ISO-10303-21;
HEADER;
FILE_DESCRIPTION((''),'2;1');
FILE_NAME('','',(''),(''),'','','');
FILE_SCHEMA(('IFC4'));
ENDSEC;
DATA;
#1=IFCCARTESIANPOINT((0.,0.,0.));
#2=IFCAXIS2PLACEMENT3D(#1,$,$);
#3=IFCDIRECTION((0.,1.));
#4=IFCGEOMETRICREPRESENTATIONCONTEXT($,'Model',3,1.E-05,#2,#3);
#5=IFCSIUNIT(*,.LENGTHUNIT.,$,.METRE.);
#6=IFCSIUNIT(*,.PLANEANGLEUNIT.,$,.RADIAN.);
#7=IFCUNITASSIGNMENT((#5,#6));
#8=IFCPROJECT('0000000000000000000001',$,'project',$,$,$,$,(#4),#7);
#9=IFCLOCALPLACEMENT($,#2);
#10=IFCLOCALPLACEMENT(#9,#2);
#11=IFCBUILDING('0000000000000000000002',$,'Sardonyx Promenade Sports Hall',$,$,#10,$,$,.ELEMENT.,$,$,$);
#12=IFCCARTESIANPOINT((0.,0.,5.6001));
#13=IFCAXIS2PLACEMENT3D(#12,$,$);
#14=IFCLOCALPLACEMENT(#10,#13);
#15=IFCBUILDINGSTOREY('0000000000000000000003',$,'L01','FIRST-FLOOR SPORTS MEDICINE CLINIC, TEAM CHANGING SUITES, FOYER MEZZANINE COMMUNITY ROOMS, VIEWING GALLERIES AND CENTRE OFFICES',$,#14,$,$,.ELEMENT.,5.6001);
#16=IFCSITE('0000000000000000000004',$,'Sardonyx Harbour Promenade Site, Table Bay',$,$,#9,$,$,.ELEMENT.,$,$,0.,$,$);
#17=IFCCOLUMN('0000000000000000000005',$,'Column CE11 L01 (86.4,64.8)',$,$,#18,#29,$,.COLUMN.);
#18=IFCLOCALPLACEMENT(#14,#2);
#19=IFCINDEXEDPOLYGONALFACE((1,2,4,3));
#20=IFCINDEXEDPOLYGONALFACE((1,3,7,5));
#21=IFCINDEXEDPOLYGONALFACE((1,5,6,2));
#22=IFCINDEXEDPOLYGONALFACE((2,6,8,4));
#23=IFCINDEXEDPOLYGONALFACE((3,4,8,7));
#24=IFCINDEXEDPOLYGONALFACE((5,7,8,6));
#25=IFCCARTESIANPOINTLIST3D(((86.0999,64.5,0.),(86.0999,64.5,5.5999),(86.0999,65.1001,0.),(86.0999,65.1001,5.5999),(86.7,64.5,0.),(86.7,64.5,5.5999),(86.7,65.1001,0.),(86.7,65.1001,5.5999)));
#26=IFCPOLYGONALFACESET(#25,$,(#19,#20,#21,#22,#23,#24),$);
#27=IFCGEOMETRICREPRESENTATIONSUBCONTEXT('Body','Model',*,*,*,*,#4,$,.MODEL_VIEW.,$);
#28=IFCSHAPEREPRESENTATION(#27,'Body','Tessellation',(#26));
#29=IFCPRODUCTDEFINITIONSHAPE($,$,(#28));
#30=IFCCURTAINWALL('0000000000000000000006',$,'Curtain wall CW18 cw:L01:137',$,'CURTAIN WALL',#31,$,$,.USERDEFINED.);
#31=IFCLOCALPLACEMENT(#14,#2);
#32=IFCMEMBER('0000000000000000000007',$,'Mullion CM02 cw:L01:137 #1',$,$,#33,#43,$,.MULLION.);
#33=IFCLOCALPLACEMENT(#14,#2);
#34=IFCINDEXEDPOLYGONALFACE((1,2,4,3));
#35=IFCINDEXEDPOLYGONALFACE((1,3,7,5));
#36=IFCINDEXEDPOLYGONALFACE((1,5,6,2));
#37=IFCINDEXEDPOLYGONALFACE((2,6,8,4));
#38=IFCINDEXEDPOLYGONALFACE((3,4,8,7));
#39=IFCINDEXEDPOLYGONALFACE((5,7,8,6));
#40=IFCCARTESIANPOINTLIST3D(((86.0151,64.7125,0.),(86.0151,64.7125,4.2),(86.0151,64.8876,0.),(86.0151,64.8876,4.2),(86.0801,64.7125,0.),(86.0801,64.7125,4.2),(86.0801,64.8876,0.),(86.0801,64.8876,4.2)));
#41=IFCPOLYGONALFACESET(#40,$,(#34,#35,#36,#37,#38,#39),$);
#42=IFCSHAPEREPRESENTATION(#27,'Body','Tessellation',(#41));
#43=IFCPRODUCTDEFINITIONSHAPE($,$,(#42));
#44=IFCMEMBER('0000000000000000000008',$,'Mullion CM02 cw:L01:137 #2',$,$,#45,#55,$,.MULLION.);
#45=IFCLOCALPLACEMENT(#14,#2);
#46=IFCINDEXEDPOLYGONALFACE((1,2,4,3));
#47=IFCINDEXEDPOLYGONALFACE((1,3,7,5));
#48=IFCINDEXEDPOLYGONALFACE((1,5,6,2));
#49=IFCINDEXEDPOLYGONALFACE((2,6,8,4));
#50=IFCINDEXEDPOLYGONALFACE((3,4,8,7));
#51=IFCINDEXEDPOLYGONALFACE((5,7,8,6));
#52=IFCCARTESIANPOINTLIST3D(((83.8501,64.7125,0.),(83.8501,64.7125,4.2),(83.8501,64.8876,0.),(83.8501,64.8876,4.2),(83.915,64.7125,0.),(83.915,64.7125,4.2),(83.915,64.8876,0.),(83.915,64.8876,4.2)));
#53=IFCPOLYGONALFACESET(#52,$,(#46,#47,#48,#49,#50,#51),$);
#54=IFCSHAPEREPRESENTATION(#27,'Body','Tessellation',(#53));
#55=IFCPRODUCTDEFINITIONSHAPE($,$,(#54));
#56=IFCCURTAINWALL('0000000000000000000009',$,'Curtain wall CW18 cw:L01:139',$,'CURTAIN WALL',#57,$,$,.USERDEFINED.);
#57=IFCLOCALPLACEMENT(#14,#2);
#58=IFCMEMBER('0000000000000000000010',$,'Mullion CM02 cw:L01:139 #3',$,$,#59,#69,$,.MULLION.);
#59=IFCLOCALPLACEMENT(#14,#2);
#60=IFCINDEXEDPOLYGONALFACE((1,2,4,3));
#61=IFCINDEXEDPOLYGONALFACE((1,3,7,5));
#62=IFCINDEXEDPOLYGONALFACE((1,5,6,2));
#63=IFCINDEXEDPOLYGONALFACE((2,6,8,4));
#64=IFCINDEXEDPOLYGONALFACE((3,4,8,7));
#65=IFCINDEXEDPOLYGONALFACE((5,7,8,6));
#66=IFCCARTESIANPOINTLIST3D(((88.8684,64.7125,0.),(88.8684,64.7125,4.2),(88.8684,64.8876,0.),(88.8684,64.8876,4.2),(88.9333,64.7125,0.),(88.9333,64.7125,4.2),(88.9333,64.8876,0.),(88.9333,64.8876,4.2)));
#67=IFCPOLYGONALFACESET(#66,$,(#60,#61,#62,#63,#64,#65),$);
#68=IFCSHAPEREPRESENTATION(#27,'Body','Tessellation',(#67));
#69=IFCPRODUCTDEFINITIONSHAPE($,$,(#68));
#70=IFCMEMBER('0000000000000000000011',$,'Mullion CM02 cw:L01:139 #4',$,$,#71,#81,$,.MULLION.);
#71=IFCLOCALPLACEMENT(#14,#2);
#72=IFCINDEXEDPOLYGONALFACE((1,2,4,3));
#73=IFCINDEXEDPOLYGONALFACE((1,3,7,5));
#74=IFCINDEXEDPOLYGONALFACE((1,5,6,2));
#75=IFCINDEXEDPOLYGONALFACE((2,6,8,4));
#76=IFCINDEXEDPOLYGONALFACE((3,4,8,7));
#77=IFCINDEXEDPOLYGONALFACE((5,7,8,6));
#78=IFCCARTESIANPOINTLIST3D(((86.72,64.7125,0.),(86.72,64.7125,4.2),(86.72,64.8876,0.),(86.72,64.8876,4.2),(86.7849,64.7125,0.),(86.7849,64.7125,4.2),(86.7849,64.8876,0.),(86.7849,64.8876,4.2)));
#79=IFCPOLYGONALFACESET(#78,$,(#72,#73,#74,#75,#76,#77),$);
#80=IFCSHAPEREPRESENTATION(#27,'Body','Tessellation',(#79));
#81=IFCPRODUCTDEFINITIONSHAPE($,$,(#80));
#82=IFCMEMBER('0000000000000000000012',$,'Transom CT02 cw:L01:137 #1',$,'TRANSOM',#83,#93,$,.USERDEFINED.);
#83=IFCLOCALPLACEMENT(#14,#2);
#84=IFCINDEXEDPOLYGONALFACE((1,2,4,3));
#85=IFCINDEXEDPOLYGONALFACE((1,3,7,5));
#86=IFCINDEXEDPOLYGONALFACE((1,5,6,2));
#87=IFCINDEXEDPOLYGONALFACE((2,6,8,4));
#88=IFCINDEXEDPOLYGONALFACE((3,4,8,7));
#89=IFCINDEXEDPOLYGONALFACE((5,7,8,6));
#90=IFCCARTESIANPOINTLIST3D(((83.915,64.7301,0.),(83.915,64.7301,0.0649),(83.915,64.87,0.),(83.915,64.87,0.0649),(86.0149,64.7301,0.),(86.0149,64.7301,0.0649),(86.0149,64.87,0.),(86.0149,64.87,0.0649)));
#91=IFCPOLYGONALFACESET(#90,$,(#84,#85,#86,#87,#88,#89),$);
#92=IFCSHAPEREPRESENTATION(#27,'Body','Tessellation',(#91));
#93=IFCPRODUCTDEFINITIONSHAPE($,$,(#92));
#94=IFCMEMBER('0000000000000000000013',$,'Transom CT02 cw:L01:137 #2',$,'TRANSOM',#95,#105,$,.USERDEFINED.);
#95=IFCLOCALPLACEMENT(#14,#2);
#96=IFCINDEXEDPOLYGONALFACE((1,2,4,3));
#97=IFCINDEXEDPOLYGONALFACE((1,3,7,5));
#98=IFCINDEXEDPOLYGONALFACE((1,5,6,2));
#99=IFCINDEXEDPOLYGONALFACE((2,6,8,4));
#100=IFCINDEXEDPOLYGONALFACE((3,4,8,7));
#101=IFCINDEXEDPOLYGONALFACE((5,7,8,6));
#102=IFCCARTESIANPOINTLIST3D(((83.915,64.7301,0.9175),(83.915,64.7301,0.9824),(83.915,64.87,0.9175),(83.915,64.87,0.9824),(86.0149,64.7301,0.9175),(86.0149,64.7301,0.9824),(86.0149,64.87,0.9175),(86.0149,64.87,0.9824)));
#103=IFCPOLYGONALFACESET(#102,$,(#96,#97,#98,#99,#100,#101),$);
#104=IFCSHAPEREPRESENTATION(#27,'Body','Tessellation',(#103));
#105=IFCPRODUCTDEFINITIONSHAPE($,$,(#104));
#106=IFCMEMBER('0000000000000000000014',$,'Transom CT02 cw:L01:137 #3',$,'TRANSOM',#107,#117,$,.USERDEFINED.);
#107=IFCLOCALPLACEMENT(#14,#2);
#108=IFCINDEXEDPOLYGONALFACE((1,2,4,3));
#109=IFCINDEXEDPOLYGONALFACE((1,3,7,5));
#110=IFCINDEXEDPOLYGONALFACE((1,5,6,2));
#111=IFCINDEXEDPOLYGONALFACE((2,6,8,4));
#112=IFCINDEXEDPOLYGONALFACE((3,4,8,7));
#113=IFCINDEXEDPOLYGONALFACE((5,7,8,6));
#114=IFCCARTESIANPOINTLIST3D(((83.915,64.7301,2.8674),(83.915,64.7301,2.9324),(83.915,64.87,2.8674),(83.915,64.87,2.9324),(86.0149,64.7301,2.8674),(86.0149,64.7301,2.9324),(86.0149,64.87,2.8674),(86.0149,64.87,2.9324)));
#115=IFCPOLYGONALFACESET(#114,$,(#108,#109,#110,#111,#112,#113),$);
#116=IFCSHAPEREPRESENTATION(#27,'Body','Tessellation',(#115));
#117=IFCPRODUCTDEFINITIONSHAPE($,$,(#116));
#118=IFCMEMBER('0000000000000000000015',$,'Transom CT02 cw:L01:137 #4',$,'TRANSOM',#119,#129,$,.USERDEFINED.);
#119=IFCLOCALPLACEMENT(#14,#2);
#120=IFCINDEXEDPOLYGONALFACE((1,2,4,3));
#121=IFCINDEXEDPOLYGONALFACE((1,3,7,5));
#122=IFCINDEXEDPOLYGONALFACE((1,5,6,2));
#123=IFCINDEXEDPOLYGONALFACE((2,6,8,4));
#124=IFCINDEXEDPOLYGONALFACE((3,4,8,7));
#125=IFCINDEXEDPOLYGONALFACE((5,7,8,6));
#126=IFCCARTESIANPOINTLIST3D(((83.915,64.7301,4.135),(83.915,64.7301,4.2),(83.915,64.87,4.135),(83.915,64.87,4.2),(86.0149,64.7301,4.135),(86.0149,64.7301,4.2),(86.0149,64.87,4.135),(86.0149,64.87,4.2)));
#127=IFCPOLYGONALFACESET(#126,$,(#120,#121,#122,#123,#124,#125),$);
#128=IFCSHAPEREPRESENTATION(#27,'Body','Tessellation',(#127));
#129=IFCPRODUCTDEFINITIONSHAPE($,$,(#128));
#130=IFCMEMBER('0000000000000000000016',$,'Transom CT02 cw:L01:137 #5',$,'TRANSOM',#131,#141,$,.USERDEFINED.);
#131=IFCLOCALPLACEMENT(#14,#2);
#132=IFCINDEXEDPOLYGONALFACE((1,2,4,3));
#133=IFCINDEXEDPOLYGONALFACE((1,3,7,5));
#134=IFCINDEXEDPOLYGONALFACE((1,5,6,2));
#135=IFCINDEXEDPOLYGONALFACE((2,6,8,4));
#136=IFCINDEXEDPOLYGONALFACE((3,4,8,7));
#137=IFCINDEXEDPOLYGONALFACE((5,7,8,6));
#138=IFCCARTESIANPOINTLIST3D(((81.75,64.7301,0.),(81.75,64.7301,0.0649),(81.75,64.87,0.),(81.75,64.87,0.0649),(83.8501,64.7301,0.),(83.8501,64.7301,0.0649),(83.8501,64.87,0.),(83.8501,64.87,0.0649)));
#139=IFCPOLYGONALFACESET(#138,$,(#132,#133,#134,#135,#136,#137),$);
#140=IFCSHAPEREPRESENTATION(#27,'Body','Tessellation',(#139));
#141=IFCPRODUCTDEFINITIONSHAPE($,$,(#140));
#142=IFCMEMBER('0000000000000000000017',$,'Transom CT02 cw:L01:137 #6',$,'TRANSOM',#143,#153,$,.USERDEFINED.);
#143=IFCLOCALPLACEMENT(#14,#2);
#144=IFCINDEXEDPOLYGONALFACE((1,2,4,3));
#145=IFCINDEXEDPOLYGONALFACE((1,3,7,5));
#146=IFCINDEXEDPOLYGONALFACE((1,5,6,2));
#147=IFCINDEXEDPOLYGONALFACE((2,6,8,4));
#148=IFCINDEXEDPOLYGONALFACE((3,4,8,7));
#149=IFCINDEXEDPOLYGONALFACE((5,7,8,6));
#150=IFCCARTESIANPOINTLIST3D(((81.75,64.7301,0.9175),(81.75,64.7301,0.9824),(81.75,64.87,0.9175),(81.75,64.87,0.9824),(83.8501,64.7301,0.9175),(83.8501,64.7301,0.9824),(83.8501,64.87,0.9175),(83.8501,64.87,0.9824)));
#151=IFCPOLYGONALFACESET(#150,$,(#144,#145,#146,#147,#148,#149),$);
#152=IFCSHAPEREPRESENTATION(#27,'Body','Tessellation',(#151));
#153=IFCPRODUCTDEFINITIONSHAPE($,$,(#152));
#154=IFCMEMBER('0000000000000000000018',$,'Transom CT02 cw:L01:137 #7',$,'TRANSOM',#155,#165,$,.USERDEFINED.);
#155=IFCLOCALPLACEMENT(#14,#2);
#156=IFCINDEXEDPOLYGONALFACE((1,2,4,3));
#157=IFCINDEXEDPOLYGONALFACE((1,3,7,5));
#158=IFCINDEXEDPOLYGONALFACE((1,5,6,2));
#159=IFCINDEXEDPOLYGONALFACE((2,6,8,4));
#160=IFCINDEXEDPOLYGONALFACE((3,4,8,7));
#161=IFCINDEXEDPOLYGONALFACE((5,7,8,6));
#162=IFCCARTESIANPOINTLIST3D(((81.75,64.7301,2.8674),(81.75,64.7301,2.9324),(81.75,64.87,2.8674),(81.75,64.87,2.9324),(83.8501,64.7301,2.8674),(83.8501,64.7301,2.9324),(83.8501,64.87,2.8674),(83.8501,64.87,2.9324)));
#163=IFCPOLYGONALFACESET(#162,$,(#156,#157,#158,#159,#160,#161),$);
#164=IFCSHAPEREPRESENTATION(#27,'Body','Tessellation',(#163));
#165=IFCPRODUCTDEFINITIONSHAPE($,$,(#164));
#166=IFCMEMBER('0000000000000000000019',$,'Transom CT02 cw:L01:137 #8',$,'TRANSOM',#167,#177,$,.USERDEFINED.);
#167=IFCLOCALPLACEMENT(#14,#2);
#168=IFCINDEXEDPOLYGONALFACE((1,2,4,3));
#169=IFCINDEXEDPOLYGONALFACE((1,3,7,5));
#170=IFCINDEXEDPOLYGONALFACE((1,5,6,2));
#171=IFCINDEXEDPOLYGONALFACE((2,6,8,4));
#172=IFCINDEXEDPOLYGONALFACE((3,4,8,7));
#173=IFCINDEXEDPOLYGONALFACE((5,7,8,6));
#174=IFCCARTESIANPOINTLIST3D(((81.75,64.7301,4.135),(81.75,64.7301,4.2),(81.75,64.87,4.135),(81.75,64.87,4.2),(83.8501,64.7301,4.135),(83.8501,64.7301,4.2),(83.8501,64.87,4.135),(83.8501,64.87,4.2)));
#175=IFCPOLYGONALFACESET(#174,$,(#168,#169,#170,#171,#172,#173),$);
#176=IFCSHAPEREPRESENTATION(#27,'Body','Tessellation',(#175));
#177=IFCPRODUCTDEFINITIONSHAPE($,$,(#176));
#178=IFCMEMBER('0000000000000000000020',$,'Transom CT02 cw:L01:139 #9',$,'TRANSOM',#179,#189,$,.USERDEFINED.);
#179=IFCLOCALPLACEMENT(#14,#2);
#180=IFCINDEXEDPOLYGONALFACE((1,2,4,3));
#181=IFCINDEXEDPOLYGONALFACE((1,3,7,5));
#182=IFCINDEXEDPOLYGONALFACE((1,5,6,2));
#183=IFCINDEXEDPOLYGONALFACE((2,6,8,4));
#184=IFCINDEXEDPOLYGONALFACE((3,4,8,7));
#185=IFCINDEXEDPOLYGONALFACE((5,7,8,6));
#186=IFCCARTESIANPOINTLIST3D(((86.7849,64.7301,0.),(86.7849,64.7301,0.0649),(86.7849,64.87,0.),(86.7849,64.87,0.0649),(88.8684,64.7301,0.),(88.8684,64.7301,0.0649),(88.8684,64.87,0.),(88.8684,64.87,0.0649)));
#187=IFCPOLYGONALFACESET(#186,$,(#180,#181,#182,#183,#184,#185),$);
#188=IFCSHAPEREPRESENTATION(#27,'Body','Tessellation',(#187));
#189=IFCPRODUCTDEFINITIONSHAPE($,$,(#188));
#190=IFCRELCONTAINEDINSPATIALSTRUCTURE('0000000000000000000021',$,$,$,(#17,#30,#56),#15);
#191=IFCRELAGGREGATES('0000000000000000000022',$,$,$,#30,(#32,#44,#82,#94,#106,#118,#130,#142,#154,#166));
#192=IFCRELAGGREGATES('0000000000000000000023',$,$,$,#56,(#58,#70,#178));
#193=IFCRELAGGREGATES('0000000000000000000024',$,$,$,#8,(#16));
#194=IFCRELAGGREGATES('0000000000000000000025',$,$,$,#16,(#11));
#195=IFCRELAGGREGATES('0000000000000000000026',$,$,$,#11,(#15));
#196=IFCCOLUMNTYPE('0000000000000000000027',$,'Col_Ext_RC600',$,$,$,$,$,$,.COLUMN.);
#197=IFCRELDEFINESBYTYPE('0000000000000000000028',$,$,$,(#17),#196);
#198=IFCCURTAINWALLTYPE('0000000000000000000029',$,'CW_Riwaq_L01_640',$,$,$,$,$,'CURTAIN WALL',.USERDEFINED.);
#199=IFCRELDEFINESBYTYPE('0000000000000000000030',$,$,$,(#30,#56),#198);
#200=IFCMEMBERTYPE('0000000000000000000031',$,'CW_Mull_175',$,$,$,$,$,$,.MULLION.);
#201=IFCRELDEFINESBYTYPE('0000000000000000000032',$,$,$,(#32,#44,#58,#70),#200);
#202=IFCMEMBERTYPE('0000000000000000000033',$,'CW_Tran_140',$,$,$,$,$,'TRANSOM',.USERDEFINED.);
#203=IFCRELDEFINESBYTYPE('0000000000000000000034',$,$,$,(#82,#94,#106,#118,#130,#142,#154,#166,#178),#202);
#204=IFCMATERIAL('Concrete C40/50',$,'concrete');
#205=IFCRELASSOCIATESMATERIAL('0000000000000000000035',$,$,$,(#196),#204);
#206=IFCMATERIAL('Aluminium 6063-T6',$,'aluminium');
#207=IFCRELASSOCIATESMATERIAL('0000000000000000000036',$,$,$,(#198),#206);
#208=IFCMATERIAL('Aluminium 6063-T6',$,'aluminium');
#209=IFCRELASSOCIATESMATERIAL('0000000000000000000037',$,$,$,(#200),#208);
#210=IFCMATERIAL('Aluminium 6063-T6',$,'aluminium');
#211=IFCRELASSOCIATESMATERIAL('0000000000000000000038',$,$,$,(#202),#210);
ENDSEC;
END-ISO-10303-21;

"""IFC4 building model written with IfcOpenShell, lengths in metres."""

from ifc_helpers import new_model, si_unit, direction, frame, origin, origin_2d, place, context, subcontext, project, spatial, rectangle, extrude, material, material_profile, profile_set, type_object, element, aggregate, save


model = new_model("IFC4")

# Units and contexts
model_context = context("Model", 3, precision=1e-05, world=origin(), true_north=direction((0.0, 1.0)))
body_context = subcontext(model_context, "Body", "Model", "MODEL_VIEW")
ifc_project = project(units=[si_unit("LENGTHUNIT", "METRE"), si_unit("PLANEANGLEUNIT", "RADIAN")], contexts=[model_context])

# Site, building, storey
site_placement = place(None, origin())
site = spatial("IfcSite", under=ifc_project, at=site_placement, Name="Sardonyx Harbour Promenade Site, Table Bay", CompositionType="ELEMENT", RefElevation=0.0)
building_placement = place(site_placement, origin())
building = spatial("IfcBuilding", under=site, at=building_placement, Name="Sardonyx Promenade Sports Hall", CompositionType="ELEMENT")
storey_placement = place(building_placement, frame((0.0, 0.0, 5.6001)))
storey = spatial("IfcBuildingStorey", under=building, at=storey_placement, Name="L01", Description="FIRST-FLOOR SPORTS MEDICINE CLINIC, TEAM CHANGING SUITES, FOYER MEZZANINE COMMUNITY ROOMS, VIEWING GALLERIES AND CENTRE OFFICES", CompositionType="ELEMENT", Elevation=5.6001)

# Column
ifc_material_1 = material(Name="Concrete C40/50", Category="concrete")
ifc_material_profile_1 = material_profile(ifc_material_1, rectangle(XDim=0.6001, YDim=0.6001, at=origin_2d()))
ifc_profile_set_1 = profile_set([ifc_material_profile_1], Name="Concrete C40/50")
column_type = type_object("IfcColumnType", Name="Col_Ext_RC600", PredefinedType="COLUMN", material=ifc_profile_set_1)
column_placement = place(storey_placement, frame((86.3999, 64.8, 0.0), z_axis=(0.0, 0.0, 1.0), x_axis=(1.0, 0.0, 0.0)))
element("IfcColumn", 1, at=column_placement, inside=storey, type_object=column_type, Name="Column CE11 L01 (86.4,64.8)", PredefinedType="COLUMN", context=body_context, shape_type="SweptSolid", body=[
    extrude(rectangle(XDim=0.6001, YDim=0.6001, at=origin_2d()), origin(), (0.0, 0.0, 1.0), 5.5999),
])

# Curtain walls, members
ifc_material_2 = material(Name="Aluminium 6063-T6", Category="aluminium")
curtain_wall_type = type_object("IfcCurtainWallType", Name="CW_Riwaq_L01_640", ElementType="CURTAIN WALL", PredefinedType="USERDEFINED", material=ifc_material_2)
curtain_wall_1_placement = place(storey_placement, origin())
curtain_wall_1 = element("IfcCurtainWall", 2, at=curtain_wall_1_placement, inside=storey, type_object=curtain_wall_type, Name="Curtain wall CW18 cw:L01:137", ObjectType="CURTAIN WALL", PredefinedType="USERDEFINED")
ifc_material_3 = material(Name="Aluminium 6063-T6", Category="aluminium")
ifc_material_profile_2 = material_profile(ifc_material_3, rectangle(XDim=0.0649, YDim=0.175, at=origin_2d()))
ifc_profile_set_2 = profile_set([ifc_material_profile_2], Name="Aluminium 6063-T6")
member_type_1 = type_object("IfcMemberType", Name="CW_Mull_175", PredefinedType="MULLION", material=ifc_profile_set_2)
member_1_placement = place(storey_placement, frame((86.0476, 64.8, 0.0), z_axis=(0.0, 0.0, 1.0), x_axis=(-1.0, 0.0, 0.0)))
member_1 = element("IfcMember", 3, at=member_1_placement, type_object=member_type_1, Name="Mullion CM02 cw:L01:137 #1", PredefinedType="MULLION", context=body_context, shape_type="SweptSolid", body=[
    extrude(rectangle(XDim=0.0649, YDim=0.175, at=origin_2d()), origin(), (0.0, 0.0, 1.0), 4.2),
])
member_2_placement = place(storey_placement, frame((83.8826, 64.8, 0.0), z_axis=(0.0, 0.0, 1.0), x_axis=(-1.0, 0.0, 0.0)))
member_2 = element("IfcMember", 4, at=member_2_placement, type_object=member_type_1, Name="Mullion CM02 cw:L01:137 #2", PredefinedType="MULLION", context=body_context, shape_type="SweptSolid", body=[
    extrude(rectangle(XDim=0.0649, YDim=0.175, at=origin_2d()), origin(), (0.0, 0.0, 1.0), 4.2),
])
curtain_wall_2_placement = place(storey_placement, origin())
curtain_wall_2 = element("IfcCurtainWall", 5, at=curtain_wall_2_placement, inside=storey, type_object=curtain_wall_type, Name="Curtain wall CW18 cw:L01:139", ObjectType="CURTAIN WALL", PredefinedType="USERDEFINED")
member_3_placement = place(storey_placement, frame((88.9009, 64.8, 0.0), z_axis=(0.0, 0.0, 1.0), x_axis=(-1.0, 0.0, 0.0)))
member_3 = element("IfcMember", 6, at=member_3_placement, type_object=member_type_1, Name="Mullion CM02 cw:L01:139 #3", PredefinedType="MULLION", context=body_context, shape_type="SweptSolid", body=[
    extrude(rectangle(XDim=0.0649, YDim=0.175, at=origin_2d()), origin(), (0.0, 0.0, 1.0), 4.2),
])
member_4_placement = place(storey_placement, frame((86.7524, 64.8, 0.0), z_axis=(0.0, 0.0, 1.0), x_axis=(-1.0, 0.0, 0.0)))
member_4 = element("IfcMember", 7, at=member_4_placement, type_object=member_type_1, Name="Mullion CM02 cw:L01:139 #4", PredefinedType="MULLION", context=body_context, shape_type="SweptSolid", body=[
    extrude(rectangle(XDim=0.0649, YDim=0.175, at=origin_2d()), origin(), (0.0, 0.0, 1.0), 4.2),
])

# Members
ifc_material_4 = material(Name="Aluminium 6063-T6", Category="aluminium")
ifc_material_profile_3 = material_profile(ifc_material_4, rectangle(XDim=0.0649, YDim=0.1399, at=origin_2d()))
ifc_profile_set_3 = profile_set([ifc_material_profile_3], Name="Aluminium 6063-T6")
member_type_2 = type_object("IfcMemberType", Name="CW_Tran_140", ElementType="TRANSOM", PredefinedType="USERDEFINED", material=ifc_profile_set_3)
member_5_placement = place(storey_placement, frame((86.0149, 64.8, 0.0325), z_axis=(-1.0, 0.0, 0.0), x_axis=(0.0, 0.0, 1.0)))
member_5 = element("IfcMember", 8, at=member_5_placement, type_object=member_type_2, Name="Transom CT02 cw:L01:137 #1", ObjectType="TRANSOM", PredefinedType="USERDEFINED", context=body_context, shape_type="SweptSolid", body=[
    extrude(rectangle(XDim=0.0649, YDim=0.1399, at=origin_2d()), origin(), (0.0, 0.0, 1.0), 2.0999),
])
member_6_placement = place(storey_placement, frame((86.0149, 64.8, 0.95), z_axis=(-1.0, 0.0, 0.0), x_axis=(0.0, 0.0, 1.0)))
member_6 = element("IfcMember", 9, at=member_6_placement, type_object=member_type_2, Name="Transom CT02 cw:L01:137 #2", ObjectType="TRANSOM", PredefinedType="USERDEFINED", context=body_context, shape_type="SweptSolid", body=[
    extrude(rectangle(XDim=0.0649, YDim=0.1399, at=origin_2d()), origin(), (0.0, 0.0, 1.0), 2.0999),
])
member_7_placement = place(storey_placement, frame((86.0149, 64.8, 2.8999), z_axis=(-1.0, 0.0, 0.0), x_axis=(0.0, 0.0, 1.0)))
member_7 = element("IfcMember", 10, at=member_7_placement, type_object=member_type_2, Name="Transom CT02 cw:L01:137 #3", ObjectType="TRANSOM", PredefinedType="USERDEFINED", context=body_context, shape_type="SweptSolid", body=[
    extrude(rectangle(XDim=0.0649, YDim=0.1399, at=origin_2d()), origin(), (0.0, 0.0, 1.0), 2.0999),
])
member_8_placement = place(storey_placement, frame((86.0149, 64.8, 4.1675), z_axis=(-1.0, 0.0, 0.0), x_axis=(0.0, 0.0, 1.0)))
member_8 = element("IfcMember", 11, at=member_8_placement, type_object=member_type_2, Name="Transom CT02 cw:L01:137 #4", ObjectType="TRANSOM", PredefinedType="USERDEFINED", context=body_context, shape_type="SweptSolid", body=[
    extrude(rectangle(XDim=0.0649, YDim=0.1399, at=origin_2d()), origin(), (0.0, 0.0, 1.0), 2.0999),
])
member_9_placement = place(storey_placement, frame((83.8501, 64.8, 0.0325), z_axis=(-1.0, 0.0, 0.0), x_axis=(0.0, 0.0, 1.0)))
member_9 = element("IfcMember", 12, at=member_9_placement, type_object=member_type_2, Name="Transom CT02 cw:L01:137 #5", ObjectType="TRANSOM", PredefinedType="USERDEFINED", context=body_context, shape_type="SweptSolid", body=[
    extrude(rectangle(XDim=0.0649, YDim=0.1399, at=origin_2d()), origin(), (0.0, 0.0, 1.0), 2.1001),
])
member_10_placement = place(storey_placement, frame((83.8501, 64.8, 0.95), z_axis=(-1.0, 0.0, 0.0), x_axis=(0.0, 0.0, 1.0)))
member_10 = element("IfcMember", 13, at=member_10_placement, type_object=member_type_2, Name="Transom CT02 cw:L01:137 #6", ObjectType="TRANSOM", PredefinedType="USERDEFINED", context=body_context, shape_type="SweptSolid", body=[
    extrude(rectangle(XDim=0.0649, YDim=0.1399, at=origin_2d()), origin(), (0.0, 0.0, 1.0), 2.1001),
])
member_11_placement = place(storey_placement, frame((83.8501, 64.8, 2.8999), z_axis=(-1.0, 0.0, 0.0), x_axis=(0.0, 0.0, 1.0)))
member_11 = element("IfcMember", 14, at=member_11_placement, type_object=member_type_2, Name="Transom CT02 cw:L01:137 #7", ObjectType="TRANSOM", PredefinedType="USERDEFINED", context=body_context, shape_type="SweptSolid", body=[
    extrude(rectangle(XDim=0.0649, YDim=0.1399, at=origin_2d()), origin(), (0.0, 0.0, 1.0), 2.1001),
])
member_12_placement = place(storey_placement, frame((83.8501, 64.8, 4.1675), z_axis=(-1.0, 0.0, 0.0), x_axis=(0.0, 0.0, 1.0)))
member_12 = element("IfcMember", 15, at=member_12_placement, type_object=member_type_2, Name="Transom CT02 cw:L01:137 #8", ObjectType="TRANSOM", PredefinedType="USERDEFINED", context=body_context, shape_type="SweptSolid", body=[
    extrude(rectangle(XDim=0.0649, YDim=0.1399, at=origin_2d()), origin(), (0.0, 0.0, 1.0), 2.1001),
])
member_13_placement = place(storey_placement, frame((88.8684, 64.8, 0.0325), z_axis=(-1.0, 0.0, 0.0), x_axis=(0.0, 0.0, 1.0)))
member_13 = element("IfcMember", 16, at=member_13_placement, type_object=member_type_2, Name="Transom CT02 cw:L01:139 #9", ObjectType="TRANSOM", PredefinedType="USERDEFINED", context=body_context, shape_type="SweptSolid", body=[
    extrude(rectangle(XDim=0.0649, YDim=0.1399, at=origin_2d()), origin(), (0.0, 0.0, 1.0), 2.0835),
])

aggregate(curtain_wall_1, [member_1, member_2, member_5, member_6, member_7, member_8, member_9, member_10, member_11, member_12])
aggregate(curtain_wall_2, [member_3, member_4, member_13])

save(model, "model.ifc")
